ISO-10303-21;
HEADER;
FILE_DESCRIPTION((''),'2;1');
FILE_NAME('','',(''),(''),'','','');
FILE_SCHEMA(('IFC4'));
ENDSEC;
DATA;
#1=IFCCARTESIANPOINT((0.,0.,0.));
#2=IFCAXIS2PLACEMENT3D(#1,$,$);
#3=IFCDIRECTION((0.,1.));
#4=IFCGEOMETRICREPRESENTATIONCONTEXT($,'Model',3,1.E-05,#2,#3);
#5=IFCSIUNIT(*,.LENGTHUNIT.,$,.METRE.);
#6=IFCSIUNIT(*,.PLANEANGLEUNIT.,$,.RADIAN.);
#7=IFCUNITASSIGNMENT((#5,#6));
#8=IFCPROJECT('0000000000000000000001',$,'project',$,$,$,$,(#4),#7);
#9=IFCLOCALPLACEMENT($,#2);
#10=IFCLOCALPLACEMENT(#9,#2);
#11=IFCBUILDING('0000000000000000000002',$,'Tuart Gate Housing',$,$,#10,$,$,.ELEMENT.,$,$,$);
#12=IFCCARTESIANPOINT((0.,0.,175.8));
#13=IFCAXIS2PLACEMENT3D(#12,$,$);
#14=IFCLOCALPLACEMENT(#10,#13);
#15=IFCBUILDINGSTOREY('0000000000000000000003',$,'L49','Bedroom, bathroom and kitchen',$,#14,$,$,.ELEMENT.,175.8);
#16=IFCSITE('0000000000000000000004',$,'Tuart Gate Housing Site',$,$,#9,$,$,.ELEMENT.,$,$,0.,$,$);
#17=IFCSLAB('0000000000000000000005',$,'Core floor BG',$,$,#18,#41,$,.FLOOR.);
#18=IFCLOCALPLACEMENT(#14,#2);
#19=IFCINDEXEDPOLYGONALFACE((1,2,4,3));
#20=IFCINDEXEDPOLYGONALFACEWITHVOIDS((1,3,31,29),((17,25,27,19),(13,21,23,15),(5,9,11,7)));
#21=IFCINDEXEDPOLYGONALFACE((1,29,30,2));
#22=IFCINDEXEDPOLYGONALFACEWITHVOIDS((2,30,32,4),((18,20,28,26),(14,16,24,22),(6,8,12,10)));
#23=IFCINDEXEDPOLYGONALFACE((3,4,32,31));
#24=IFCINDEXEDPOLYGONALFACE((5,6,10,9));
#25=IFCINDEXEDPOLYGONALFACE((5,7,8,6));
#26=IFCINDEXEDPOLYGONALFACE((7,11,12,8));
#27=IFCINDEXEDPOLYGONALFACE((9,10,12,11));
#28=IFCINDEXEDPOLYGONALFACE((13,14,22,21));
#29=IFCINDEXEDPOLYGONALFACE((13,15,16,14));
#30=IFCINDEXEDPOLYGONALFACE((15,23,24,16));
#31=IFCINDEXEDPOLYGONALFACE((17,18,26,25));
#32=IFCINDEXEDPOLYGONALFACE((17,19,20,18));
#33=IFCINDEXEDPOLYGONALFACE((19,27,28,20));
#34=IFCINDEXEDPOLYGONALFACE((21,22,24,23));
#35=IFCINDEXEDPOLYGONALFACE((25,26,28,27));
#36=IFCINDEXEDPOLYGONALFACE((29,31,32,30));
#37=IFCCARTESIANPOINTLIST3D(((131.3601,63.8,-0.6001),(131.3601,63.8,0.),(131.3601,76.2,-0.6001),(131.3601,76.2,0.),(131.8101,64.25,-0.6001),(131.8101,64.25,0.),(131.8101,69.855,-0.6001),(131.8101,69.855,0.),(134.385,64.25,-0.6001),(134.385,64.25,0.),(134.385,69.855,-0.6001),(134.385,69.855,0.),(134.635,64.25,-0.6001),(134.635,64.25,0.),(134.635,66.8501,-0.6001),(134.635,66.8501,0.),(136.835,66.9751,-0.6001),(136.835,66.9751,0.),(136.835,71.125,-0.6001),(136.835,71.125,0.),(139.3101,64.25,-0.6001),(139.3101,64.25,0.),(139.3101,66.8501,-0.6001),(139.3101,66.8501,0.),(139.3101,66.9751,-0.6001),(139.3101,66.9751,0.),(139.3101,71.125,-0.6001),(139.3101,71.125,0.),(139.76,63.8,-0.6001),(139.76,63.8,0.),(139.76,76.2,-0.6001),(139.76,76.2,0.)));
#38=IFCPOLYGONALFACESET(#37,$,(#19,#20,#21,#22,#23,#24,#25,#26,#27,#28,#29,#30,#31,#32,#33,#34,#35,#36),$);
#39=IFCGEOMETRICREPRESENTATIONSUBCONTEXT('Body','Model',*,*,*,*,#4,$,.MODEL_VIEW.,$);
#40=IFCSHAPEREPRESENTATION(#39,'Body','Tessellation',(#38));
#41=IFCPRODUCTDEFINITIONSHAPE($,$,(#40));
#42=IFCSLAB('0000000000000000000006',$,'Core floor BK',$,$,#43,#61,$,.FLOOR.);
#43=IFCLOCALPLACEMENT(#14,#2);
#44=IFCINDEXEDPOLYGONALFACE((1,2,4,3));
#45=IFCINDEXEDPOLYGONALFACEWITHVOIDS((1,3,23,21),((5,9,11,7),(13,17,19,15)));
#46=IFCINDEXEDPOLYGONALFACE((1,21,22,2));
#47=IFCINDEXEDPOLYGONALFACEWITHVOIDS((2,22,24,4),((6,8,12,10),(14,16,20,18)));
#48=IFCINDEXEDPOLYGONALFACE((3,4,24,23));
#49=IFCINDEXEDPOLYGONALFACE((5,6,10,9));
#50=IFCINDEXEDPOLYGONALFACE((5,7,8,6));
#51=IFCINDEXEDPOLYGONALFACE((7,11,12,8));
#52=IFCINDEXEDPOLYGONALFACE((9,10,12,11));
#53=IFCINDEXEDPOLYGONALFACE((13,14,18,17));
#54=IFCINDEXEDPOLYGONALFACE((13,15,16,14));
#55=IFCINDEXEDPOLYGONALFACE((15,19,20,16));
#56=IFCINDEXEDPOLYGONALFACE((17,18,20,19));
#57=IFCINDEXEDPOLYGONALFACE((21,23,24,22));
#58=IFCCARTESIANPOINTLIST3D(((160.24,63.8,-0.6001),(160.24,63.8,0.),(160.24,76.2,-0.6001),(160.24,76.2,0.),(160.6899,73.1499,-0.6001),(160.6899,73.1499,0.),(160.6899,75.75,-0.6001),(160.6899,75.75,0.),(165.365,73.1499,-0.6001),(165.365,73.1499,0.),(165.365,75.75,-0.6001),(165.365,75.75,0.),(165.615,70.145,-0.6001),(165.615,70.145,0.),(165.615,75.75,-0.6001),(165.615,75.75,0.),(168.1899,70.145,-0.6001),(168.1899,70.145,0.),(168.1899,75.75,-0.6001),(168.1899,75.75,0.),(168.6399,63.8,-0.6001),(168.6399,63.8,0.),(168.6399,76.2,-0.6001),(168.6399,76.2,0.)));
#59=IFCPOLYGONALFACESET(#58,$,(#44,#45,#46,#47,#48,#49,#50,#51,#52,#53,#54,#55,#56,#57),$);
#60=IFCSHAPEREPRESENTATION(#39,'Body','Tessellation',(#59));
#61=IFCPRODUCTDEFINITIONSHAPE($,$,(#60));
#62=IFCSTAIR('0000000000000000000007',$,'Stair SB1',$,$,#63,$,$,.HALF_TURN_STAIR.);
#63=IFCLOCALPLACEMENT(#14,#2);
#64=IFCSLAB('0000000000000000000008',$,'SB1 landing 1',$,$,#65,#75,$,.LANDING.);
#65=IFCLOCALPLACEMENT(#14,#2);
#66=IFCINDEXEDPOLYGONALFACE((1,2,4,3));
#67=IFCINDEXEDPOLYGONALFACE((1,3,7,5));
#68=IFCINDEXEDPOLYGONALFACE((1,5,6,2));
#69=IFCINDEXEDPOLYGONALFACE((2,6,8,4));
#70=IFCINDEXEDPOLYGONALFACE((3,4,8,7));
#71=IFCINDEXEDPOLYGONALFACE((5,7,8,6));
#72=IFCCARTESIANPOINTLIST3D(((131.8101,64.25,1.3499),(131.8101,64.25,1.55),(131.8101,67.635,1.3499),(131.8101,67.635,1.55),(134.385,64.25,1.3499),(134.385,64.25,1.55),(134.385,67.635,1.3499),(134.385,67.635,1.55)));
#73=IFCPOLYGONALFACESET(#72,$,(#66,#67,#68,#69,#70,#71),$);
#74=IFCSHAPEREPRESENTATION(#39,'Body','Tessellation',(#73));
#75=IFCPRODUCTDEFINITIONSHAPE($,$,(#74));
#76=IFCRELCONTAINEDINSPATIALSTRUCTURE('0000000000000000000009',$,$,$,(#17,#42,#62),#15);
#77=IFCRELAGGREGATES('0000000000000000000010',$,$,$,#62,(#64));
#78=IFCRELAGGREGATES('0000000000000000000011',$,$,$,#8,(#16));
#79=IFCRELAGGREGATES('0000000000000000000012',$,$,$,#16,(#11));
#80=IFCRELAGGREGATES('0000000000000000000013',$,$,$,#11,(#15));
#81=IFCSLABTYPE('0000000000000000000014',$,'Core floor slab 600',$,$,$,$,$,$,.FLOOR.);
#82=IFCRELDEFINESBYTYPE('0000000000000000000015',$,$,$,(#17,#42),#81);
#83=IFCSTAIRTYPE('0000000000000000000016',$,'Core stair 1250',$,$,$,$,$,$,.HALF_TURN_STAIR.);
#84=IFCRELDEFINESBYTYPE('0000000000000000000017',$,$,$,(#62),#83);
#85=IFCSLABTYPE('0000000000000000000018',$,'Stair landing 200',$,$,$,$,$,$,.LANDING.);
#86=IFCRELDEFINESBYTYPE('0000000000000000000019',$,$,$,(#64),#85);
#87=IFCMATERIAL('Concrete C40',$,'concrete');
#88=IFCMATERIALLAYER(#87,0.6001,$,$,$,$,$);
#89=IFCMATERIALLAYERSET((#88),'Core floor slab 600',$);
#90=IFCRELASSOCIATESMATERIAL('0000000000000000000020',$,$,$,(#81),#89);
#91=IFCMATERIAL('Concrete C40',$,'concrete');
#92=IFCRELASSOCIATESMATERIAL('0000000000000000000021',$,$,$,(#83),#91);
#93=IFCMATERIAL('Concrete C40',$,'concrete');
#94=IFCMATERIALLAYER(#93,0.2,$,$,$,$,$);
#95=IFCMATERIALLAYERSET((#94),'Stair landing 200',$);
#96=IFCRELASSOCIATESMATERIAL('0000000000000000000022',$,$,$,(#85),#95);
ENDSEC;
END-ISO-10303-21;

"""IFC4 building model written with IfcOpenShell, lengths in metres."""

from ifc_helpers import new_model, si_unit, direction, frame, origin, place, context, subcontext, project, spatial, polyline, outline, extrude, material, layer, layer_set, type_object, element, aggregate, save


model = new_model("IFC4")

# Units and contexts
model_context = context("Model", 3, precision=1e-05, world=origin(), true_north=direction((0.0, 1.0)))
body_context = subcontext(model_context, "Body", "Model", "MODEL_VIEW")
ifc_project = project(units=[si_unit("LENGTHUNIT", "METRE"), si_unit("PLANEANGLEUNIT", "RADIAN")], contexts=[model_context])

# Site, building, storey
site_placement = place(None, origin())
site = spatial("IfcSite", under=ifc_project, at=site_placement, Name="Tuart Gate Housing Site", CompositionType="ELEMENT", RefElevation=0.0)
building_placement = place(site_placement, origin())
building = spatial("IfcBuilding", under=site, at=building_placement, Name="Tuart Gate Housing", CompositionType="ELEMENT")
storey_placement = place(building_placement, frame((0.0, 0.0, 175.8)))
storey = spatial("IfcBuildingStorey", under=building, at=storey_placement, Name="L49", Description="Bedroom, bathroom and kitchen", CompositionType="ELEMENT", Elevation=175.8)

# Slabs
ifc_material_1 = material(Name="Concrete C40", Category="concrete")
ifc_layer_1 = layer(ifc_material_1, 0.6001)
ifc_layer_set_1 = layer_set([ifc_layer_1], Name="Core floor slab 600")
slab_type_1 = type_object("IfcSlabType", Name="Core floor slab 600", PredefinedType="FLOOR", material=ifc_layer_set_1)
slab_1_placement = place(storey_placement, frame((0.0, 0.0, -0.6001)))
element("IfcSlab", 1, at=slab_1_placement, inside=storey, type_object=slab_type_1, Name="Core floor BG", PredefinedType="FLOOR", context=body_context, shape_type="SweptSolid", body=[
    extrude(outline(polyline([(131.3601, 63.8), (139.76, 63.8), (139.76, 76.2), (131.3601, 76.2), (131.3601, 63.8)]), holes=[polyline([(139.3101, 66.8501), (134.635, 66.8501), (134.635, 64.25), (139.3101, 64.25), (139.3101, 66.8501)]), polyline([(139.3101, 71.125), (136.835, 71.125), (136.835, 66.9751), (139.3101, 66.9751), (139.3101, 71.125)]), polyline([(134.385, 69.855), (131.8101, 69.855), (131.8101, 64.25), (134.385, 64.25), (134.385, 69.855)])]), origin(), (0.0, 0.0, 1.0), 0.6001),
])
slab_2_placement = place(storey_placement, frame((0.0, 0.0, -0.6001)))
element("IfcSlab", 2, at=slab_2_placement, inside=storey, type_object=slab_type_1, Name="Core floor BK", PredefinedType="FLOOR", context=body_context, shape_type="SweptSolid", body=[
    extrude(outline(polyline([(160.24, 63.8), (168.6399, 63.8), (168.6399, 76.2), (160.24, 76.2), (160.24, 63.8)]), holes=[polyline([(160.6899, 73.1499), (165.365, 73.1499), (165.365, 75.75), (160.6899, 75.75), (160.6899, 73.1499)]), polyline([(165.615, 70.145), (168.1899, 70.145), (168.1899, 75.75), (165.615, 75.75), (165.615, 70.145)])]), origin(), (0.0, 0.0, 1.0), 0.6001),
])

# Stair, slab
ifc_material_2 = material(Name="Concrete C40", Category="concrete")
stair_type = type_object("IfcStairType", Name="Core stair 1250", PredefinedType="HALF_TURN_STAIR", material=ifc_material_2)
stair_placement = place(storey_placement, origin())
stair = element("IfcStair", 3, at=stair_placement, inside=storey, type_object=stair_type, Name="Stair SB1", PredefinedType="HALF_TURN_STAIR")
ifc_material_3 = material(Name="Concrete C40", Category="concrete")
ifc_layer_2 = layer(ifc_material_3, 0.2)
ifc_layer_set_2 = layer_set([ifc_layer_2], Name="Stair landing 200")
slab_type_2 = type_object("IfcSlabType", Name="Stair landing 200", PredefinedType="LANDING", material=ifc_layer_set_2)
slab_3_placement = place(storey_placement, frame((0.0, 0.0, 1.3499)))
slab_3 = element("IfcSlab", 4, at=slab_3_placement, type_object=slab_type_2, Name="SB1 landing 1", PredefinedType="LANDING", context=body_context, shape_type="SweptSolid", body=[
    extrude(outline(polyline([(134.385, 67.635), (131.8101, 67.635), (131.8101, 64.25), (134.385, 64.25), (134.385, 67.635)])), origin(), (0.0, 0.0, 1.0), 0.2002),
])
aggregate(stair, [slab_3])

save(model, "model.ifc")
